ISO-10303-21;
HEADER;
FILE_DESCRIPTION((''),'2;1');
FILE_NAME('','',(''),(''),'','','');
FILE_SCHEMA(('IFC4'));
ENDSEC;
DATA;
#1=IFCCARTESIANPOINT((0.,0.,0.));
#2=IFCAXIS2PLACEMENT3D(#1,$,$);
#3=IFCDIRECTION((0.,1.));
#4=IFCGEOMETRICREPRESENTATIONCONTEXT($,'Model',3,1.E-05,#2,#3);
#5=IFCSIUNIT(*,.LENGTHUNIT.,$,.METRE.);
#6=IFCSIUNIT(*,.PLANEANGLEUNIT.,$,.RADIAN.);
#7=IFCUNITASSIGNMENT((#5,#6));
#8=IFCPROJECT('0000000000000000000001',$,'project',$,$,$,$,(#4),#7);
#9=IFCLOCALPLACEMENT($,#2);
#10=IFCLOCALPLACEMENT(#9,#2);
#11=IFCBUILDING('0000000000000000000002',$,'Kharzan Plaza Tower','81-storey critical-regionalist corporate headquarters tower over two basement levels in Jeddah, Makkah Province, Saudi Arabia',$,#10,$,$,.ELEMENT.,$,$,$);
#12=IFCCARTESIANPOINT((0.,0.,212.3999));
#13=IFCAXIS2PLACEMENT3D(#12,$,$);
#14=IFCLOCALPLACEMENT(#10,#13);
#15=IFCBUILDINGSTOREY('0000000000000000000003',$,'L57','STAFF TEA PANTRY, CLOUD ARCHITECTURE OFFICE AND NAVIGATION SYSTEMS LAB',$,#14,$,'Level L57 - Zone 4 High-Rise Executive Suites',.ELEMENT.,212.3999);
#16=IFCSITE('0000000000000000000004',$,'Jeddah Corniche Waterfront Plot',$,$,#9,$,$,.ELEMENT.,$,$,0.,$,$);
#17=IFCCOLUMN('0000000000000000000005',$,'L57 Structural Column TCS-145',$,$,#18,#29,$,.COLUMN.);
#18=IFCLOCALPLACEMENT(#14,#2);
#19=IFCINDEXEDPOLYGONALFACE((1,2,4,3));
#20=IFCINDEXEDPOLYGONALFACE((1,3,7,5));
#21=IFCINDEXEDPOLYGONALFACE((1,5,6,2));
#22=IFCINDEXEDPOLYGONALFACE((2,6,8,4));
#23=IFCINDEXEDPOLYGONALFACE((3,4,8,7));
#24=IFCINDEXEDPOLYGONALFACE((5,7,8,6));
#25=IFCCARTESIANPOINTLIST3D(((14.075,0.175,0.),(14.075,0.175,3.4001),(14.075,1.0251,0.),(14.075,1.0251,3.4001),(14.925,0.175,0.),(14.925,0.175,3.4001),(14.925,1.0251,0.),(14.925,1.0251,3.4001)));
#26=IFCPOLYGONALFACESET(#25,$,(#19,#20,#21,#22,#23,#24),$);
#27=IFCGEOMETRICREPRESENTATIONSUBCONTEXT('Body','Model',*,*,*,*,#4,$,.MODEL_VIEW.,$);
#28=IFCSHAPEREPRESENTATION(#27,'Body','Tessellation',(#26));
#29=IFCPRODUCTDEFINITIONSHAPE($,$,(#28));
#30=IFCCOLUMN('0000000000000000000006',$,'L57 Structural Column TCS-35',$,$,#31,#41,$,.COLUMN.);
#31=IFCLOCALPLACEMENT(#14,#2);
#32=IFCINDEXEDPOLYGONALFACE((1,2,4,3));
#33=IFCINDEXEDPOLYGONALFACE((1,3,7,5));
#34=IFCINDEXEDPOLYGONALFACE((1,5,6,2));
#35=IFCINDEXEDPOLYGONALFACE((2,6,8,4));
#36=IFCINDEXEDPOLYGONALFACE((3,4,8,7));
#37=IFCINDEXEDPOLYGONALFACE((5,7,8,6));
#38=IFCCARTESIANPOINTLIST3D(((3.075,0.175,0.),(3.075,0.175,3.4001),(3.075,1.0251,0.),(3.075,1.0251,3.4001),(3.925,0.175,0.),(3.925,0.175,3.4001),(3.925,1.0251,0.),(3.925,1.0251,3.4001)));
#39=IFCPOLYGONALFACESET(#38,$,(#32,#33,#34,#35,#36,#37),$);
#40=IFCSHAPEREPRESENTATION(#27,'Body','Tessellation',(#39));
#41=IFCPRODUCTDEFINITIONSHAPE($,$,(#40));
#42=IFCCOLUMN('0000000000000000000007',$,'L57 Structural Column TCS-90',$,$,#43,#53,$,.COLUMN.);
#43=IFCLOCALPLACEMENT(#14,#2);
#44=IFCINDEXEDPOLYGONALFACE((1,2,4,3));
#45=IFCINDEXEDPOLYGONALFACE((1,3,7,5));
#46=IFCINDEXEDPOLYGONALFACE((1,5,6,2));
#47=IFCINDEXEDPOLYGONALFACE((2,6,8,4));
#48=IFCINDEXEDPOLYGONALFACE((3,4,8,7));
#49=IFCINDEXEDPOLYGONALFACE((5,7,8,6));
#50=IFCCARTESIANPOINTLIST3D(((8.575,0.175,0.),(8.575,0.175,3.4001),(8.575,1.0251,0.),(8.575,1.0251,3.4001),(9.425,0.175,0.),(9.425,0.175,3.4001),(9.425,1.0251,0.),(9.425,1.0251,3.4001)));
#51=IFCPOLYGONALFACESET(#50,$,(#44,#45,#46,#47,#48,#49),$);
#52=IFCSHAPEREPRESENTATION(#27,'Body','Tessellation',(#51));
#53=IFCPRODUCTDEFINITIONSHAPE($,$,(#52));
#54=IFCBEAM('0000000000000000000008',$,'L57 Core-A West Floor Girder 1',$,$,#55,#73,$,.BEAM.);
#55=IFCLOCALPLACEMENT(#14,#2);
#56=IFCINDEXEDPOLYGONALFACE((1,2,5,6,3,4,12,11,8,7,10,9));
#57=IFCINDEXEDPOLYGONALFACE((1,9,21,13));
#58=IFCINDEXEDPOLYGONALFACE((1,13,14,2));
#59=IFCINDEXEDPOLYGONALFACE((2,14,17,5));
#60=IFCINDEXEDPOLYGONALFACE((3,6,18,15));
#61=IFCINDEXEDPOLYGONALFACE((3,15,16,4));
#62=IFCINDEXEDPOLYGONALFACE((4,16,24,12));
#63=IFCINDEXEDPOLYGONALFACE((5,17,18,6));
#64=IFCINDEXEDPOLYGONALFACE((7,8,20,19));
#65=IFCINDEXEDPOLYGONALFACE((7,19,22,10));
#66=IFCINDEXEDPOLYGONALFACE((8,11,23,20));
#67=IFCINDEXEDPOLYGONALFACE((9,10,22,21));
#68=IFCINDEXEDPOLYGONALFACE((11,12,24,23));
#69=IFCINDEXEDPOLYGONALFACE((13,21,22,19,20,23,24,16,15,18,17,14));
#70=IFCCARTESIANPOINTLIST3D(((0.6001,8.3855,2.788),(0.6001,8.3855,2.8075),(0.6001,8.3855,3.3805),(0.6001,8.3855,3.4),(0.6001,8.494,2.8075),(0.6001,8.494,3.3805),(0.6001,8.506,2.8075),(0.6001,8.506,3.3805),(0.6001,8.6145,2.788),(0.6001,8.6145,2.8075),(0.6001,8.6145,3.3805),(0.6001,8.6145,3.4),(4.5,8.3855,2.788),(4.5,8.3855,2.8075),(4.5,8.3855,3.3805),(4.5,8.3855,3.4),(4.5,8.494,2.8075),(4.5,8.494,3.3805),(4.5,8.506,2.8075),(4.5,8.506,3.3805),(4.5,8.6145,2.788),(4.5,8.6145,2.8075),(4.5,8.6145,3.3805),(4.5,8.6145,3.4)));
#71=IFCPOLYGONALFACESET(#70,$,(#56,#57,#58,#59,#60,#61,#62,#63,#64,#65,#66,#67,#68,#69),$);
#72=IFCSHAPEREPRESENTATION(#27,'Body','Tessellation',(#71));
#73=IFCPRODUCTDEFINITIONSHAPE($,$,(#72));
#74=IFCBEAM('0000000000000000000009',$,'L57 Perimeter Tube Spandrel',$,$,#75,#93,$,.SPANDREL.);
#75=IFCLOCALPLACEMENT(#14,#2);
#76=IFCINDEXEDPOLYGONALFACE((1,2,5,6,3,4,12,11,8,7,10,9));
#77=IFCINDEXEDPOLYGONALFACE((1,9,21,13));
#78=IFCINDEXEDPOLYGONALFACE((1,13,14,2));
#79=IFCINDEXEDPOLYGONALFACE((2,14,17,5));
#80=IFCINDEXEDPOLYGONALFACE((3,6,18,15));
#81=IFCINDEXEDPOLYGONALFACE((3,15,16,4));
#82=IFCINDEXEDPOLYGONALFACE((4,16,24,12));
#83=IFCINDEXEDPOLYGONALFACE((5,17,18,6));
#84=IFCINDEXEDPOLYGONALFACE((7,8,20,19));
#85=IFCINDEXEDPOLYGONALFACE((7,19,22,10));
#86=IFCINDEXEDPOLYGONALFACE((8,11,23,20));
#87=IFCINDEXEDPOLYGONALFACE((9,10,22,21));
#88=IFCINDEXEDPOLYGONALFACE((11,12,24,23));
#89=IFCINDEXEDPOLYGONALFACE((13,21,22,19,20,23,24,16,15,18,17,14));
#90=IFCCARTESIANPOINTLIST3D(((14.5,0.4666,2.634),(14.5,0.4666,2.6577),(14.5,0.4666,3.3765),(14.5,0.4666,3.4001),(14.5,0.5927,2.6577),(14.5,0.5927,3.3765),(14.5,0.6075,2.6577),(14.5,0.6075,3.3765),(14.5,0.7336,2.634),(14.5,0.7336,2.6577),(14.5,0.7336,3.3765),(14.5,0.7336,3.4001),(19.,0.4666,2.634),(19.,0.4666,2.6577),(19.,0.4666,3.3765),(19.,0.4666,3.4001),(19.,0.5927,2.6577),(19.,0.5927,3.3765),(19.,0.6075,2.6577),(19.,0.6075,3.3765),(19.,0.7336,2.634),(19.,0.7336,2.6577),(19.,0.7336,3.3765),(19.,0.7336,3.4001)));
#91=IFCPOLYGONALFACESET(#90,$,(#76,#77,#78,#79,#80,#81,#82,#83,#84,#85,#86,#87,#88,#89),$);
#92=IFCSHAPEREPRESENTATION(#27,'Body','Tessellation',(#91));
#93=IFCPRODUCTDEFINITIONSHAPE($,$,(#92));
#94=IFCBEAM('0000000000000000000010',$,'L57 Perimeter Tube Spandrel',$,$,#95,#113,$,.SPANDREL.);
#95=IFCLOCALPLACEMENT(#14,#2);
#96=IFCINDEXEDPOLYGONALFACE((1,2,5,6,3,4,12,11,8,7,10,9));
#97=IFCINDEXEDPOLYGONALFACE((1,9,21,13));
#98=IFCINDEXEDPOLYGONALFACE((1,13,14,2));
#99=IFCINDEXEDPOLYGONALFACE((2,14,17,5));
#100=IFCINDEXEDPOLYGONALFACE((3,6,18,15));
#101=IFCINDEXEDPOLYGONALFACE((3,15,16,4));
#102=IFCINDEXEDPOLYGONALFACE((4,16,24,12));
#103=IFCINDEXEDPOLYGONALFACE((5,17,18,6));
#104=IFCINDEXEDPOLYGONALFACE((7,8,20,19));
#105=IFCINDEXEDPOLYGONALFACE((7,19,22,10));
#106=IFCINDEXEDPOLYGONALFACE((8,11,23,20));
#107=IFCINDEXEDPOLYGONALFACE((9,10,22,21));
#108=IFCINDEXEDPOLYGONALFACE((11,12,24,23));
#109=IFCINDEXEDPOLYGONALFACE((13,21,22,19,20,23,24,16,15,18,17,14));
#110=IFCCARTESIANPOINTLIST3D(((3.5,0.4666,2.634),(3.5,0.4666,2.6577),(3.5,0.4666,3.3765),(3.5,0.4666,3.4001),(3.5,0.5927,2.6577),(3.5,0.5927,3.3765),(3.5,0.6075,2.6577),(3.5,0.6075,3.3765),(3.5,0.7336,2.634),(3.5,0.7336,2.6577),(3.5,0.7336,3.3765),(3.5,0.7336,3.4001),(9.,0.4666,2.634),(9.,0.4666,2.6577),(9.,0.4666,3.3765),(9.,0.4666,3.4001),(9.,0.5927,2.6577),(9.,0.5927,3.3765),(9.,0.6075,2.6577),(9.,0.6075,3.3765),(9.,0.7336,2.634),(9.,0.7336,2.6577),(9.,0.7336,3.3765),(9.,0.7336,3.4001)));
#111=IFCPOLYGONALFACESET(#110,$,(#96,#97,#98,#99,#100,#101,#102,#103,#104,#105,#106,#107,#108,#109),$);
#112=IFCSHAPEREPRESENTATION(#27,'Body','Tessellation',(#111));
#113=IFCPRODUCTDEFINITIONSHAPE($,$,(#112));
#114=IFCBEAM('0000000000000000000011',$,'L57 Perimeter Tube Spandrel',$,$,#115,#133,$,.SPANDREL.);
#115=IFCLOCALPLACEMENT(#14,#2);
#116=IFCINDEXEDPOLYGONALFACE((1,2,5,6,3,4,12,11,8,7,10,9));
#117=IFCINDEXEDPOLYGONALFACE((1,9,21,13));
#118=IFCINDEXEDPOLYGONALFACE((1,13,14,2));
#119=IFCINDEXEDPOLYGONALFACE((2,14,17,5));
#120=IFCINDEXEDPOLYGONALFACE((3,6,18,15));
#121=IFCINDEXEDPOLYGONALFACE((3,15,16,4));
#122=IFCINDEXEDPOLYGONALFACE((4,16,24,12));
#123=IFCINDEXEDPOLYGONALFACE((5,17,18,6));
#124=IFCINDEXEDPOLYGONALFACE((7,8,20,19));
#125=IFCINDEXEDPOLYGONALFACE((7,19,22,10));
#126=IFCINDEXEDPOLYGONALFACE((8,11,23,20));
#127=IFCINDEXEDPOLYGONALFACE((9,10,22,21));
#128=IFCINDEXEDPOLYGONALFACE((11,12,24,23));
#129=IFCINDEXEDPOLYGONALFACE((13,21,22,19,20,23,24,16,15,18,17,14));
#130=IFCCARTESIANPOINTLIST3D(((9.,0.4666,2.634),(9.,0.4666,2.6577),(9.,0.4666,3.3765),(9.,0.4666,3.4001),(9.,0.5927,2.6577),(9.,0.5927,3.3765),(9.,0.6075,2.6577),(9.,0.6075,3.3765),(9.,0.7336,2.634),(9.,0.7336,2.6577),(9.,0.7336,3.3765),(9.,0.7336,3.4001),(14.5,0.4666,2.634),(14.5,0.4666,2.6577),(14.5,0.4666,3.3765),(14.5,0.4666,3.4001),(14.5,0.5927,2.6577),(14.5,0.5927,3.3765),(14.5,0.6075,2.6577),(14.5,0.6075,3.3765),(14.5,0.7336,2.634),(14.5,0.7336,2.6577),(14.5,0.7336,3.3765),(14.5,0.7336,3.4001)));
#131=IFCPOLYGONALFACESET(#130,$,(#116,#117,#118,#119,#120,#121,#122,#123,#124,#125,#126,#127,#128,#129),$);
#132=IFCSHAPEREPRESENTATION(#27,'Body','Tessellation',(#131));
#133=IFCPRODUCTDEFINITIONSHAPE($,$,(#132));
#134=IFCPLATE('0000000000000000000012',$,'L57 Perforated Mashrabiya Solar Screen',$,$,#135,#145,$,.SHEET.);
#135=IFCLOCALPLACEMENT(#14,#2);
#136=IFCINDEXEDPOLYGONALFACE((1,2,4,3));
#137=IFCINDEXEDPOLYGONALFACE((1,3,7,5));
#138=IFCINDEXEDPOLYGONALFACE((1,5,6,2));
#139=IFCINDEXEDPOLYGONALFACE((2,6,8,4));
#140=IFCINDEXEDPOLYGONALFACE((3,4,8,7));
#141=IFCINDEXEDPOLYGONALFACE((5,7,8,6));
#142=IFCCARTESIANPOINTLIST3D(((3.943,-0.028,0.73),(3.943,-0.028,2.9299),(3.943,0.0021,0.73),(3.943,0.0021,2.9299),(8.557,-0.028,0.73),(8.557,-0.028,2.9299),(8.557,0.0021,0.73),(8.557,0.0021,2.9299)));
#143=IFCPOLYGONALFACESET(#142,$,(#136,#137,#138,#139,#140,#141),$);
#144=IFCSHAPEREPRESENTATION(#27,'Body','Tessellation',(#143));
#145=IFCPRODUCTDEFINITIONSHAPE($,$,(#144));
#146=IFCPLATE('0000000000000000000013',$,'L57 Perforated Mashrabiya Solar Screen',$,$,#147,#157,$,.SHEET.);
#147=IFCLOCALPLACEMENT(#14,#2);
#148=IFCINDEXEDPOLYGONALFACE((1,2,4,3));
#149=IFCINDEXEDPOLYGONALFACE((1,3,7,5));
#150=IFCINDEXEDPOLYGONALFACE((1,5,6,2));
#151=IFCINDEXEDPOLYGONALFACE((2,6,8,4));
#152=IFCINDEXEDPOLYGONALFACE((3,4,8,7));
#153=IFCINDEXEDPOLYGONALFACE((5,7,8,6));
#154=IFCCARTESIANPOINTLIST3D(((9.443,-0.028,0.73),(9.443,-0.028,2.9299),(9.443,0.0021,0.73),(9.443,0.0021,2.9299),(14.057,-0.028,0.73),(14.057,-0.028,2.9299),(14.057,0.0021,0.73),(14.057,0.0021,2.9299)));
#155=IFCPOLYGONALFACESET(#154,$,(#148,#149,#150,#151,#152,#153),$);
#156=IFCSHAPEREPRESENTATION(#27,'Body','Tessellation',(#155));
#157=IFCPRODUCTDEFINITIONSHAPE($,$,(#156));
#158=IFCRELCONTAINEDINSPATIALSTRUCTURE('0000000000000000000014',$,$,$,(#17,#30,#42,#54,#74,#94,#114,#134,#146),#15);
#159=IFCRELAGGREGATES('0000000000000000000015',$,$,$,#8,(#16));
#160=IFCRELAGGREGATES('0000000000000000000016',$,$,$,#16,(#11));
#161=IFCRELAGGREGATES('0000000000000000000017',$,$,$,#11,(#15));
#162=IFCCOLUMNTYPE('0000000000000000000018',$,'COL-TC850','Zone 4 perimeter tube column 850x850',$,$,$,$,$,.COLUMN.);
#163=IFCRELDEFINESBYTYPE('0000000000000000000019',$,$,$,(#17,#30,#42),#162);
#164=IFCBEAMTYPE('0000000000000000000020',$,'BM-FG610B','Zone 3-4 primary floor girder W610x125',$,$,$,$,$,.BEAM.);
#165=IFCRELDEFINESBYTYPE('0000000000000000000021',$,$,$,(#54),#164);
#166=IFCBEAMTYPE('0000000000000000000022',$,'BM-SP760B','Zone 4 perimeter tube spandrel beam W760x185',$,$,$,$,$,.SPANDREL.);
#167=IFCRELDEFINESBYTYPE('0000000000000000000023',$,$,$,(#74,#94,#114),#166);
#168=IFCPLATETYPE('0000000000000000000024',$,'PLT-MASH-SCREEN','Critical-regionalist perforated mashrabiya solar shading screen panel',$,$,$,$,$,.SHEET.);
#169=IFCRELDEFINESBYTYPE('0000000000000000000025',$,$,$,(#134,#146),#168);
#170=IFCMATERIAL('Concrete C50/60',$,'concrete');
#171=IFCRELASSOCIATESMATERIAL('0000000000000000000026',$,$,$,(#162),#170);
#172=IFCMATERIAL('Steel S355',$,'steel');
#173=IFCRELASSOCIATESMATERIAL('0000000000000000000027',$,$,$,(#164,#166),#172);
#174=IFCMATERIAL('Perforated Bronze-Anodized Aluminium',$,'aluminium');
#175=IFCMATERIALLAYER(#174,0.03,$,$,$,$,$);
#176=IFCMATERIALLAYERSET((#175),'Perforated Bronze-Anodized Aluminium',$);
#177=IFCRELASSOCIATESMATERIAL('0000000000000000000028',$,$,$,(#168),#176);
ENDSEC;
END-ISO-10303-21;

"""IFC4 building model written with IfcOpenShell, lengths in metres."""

from ifc_helpers import new_model, si_unit, direction, frame, origin, origin_2d, place, context, subcontext, project, spatial, rectangle, i_section, extrude, source, transform, mapped, material, layer, layer_set, material_profile, profile_set, type_object, element, save


model = new_model("IFC4")

# Units and contexts
model_context = context("Model", 3, precision=1e-05, world=origin(), true_north=direction((0.0, 1.0)))
body_context = subcontext(model_context, "Body", "Model", "MODEL_VIEW")
ifc_project = project(units=[si_unit("LENGTHUNIT", "METRE"), si_unit("PLANEANGLEUNIT", "RADIAN")], contexts=[model_context])

# Site, building, storey
site_placement = place(None, origin())
site = spatial("IfcSite", under=ifc_project, at=site_placement, Name="Jeddah Corniche Waterfront Plot", CompositionType="ELEMENT", RefElevation=0.0)
building_placement = place(site_placement, origin())
building = spatial("IfcBuilding", under=site, at=building_placement, Name="Kharzan Plaza Tower", Description="81-storey critical-regionalist corporate headquarters tower over two basement levels in Jeddah, Makkah Province, Saudi Arabia", CompositionType="ELEMENT")
storey_placement = place(building_placement, frame((0.0, 0.0, 212.3999)))
storey = spatial("IfcBuildingStorey", under=building, at=storey_placement, Name="L57", Description="STAFF TEA PANTRY, CLOUD ARCHITECTURE OFFICE AND NAVIGATION SYSTEMS LAB", LongName="Level L57 - Zone 4 High-Rise Executive Suites", CompositionType="ELEMENT", Elevation=212.3999)

# Columns
ifc_material_1 = material(Name="Concrete C50/60", Category="concrete")
ifc_material_profile_1 = material_profile(ifc_material_1, rectangle(XDim=0.8501, YDim=0.8501, at=origin_2d()), Name="RC-TC850x850")
ifc_profile_set_1 = profile_set([ifc_material_profile_1], Name="Concrete C50/60")
column_type = type_object("IfcColumnType", Name="COL-TC850", Description="Zone 4 perimeter tube column 850x850", PredefinedType="COLUMN", material=ifc_profile_set_1)
shared_shape_1 = source(origin(), body_context, "Body", "SweptSolid", [
    extrude(rectangle(XDim=0.8501, YDim=0.8501, at=origin_2d()), origin(), (0.0, 0.0, 1.0), 3.4001),
])
for number, where, z_axis, x_axis, name in (
    (1, (14.5, 0.6001, 0.0), (0.0, 0.0, 1.0), (1.0, 0.0, 0.0), "L57 Structural Column TCS-145"),
    (2, (3.5, 0.6001, 0.0), (0.0, 0.0, 1.0), (1.0, 0.0, 0.0), "L57 Structural Column TCS-35"),
    (3, (9.0, 0.6001, 0.0), (0.0, 0.0, 1.0), (1.0, 0.0, 0.0), "L57 Structural Column TCS-90"),
):
    element("IfcColumn", number, at=place(storey_placement, frame(where, z_axis=z_axis, x_axis=x_axis)), inside=storey, type_object=column_type, Name=name, PredefinedType="COLUMN", context=body_context, shape_type="MappedRepresentation", body=[
        mapped(shared_shape_1, transform((0.0, 0.0, 0.0), x_axis=(1.0, 0.0, 0.0), y_axis=(0.0, 1.0, 0.0), z_axis=(0.0, 0.0, 1.0))),
    ])

# Beams
ifc_material_2 = material(Name="Steel S355", Category="steel")
ifc_material_profile_2 = material_profile(ifc_material_2, i_section(OverallWidth=0.229, OverallDepth=0.6121, WebThickness=0.012, FlangeThickness=0.0195, at=origin_2d()), Name="W610x125")
ifc_profile_set_2 = profile_set([ifc_material_profile_2], Name="Steel S355")
beam_type_1 = type_object("IfcBeamType", Name="BM-FG610B", Description="Zone 3-4 primary floor girder W610x125", PredefinedType="BEAM", material=ifc_profile_set_2)
shared_shape_2 = source(origin(), body_context, "Body", "SweptSolid", [
    extrude(i_section(OverallWidth=0.229, OverallDepth=0.6121, WebThickness=0.012, FlangeThickness=0.0195, at=origin_2d()), origin(), (0.0, 0.0, 1.0), 3.8999),
])
beam_1_placement = place(storey_placement, frame((0.6001, 8.5, 3.094), z_axis=(1.0, 0.0, 0.0), x_axis=(0.0, 1.0, 0.0)))
element("IfcBeam", 4, at=beam_1_placement, inside=storey, type_object=beam_type_1, Name="L57 Core-A West Floor Girder 1", PredefinedType="BEAM", context=body_context, shape_type="MappedRepresentation", body=[
    mapped(shared_shape_2, transform((0.0, 0.0, 0.0), x_axis=(1.0, 0.0, 0.0), y_axis=(0.0, 1.0, 0.0), z_axis=(0.0, 0.0, 1.0))),
])
ifc_material_profile_3 = material_profile(ifc_material_2, i_section(OverallWidth=0.2671, OverallDepth=0.7661, WebThickness=0.0149, FlangeThickness=0.0237, at=origin_2d()), Name="W760x185")
ifc_profile_set_3 = profile_set([ifc_material_profile_3], Name="Steel S355")
beam_type_2 = type_object("IfcBeamType", Name="BM-SP760B", Description="Zone 4 perimeter tube spandrel beam W760x185", PredefinedType="SPANDREL", material=ifc_profile_set_3)
shared_shape_3 = source(origin(), body_context, "Body", "SweptSolid", [
    extrude(i_section(OverallWidth=0.2671, OverallDepth=0.7661, WebThickness=0.0149, FlangeThickness=0.0237, at=origin_2d()), origin(), (0.0, 0.0, 1.0), 4.5),
])
beam_2_placement = place(storey_placement, frame((14.5, 0.6001, 3.0171), z_axis=(1.0, 0.0, 0.0), x_axis=(0.0, 1.0, 0.0)))
element("IfcBeam", 5, at=beam_2_placement, inside=storey, type_object=beam_type_2, Name="L57 Perimeter Tube Spandrel", PredefinedType="SPANDREL", context=body_context, shape_type="MappedRepresentation", body=[
    mapped(shared_shape_3, transform((0.0, 0.0, 0.0), x_axis=(1.0, 0.0, 0.0), y_axis=(0.0, 1.0, 0.0), z_axis=(0.0, 0.0, 1.0))),
])
shared_shape_4 = source(origin(), body_context, "Body", "SweptSolid", [
    extrude(i_section(OverallWidth=0.2671, OverallDepth=0.7661, WebThickness=0.0149, FlangeThickness=0.0237, at=origin_2d()), origin(), (0.0, 0.0, 1.0), 5.5),
])
for number, where, z_axis, x_axis, name in (
    (6, (3.5, 0.6001, 3.0171), (1.0, 0.0, 0.0), (0.0, 1.0, 0.0), "L57 Perimeter Tube Spandrel"),
    (7, (9.0, 0.6001, 3.0171), (1.0, 0.0, 0.0), (0.0, 1.0, 0.0), "L57 Perimeter Tube Spandrel"),
):
    element("IfcBeam", number, at=place(storey_placement, frame(where, z_axis=z_axis, x_axis=x_axis)), inside=storey, type_object=beam_type_2, Name=name, PredefinedType="SPANDREL", context=body_context, shape_type="MappedRepresentation", body=[
        mapped(shared_shape_4, transform((0.0, 0.0, 0.0), x_axis=(1.0, 0.0, 0.0), y_axis=(0.0, 1.0, 0.0), z_axis=(0.0, 0.0, 1.0))),
    ])

# Plates
ifc_material_3 = material(Name="Perforated Bronze-Anodized Aluminium", Category="aluminium")
ifc_layer_1 = layer(ifc_material_3, 0.03)
ifc_layer_set_1 = layer_set([ifc_layer_1], Name="Perforated Bronze-Anodized Aluminium")
plate_type = type_object("IfcPlateType", Name="PLT-MASH-SCREEN", Description="Critical-regionalist perforated mashrabiya solar shading screen panel", PredefinedType="SHEET", material=ifc_layer_set_1)
shared_shape_5 = source(origin(), body_context, "Body", "SweptSolid", [
    extrude(rectangle(XDim=4.614, YDim=0.03, at=origin_2d()), origin(), (0.0, 0.0, 1.0), 2.2),
])
for number, where, z_axis, x_axis, name in (
    (8, (6.25, -0.0129, 0.73), (0.0, 0.0, 1.0), (1.0, 0.0, 0.0), "L57 Perforated Mashrabiya Solar Screen"),
    (9, (11.75, -0.0129, 0.73), (0.0, 0.0, 1.0), (1.0, 0.0, 0.0), "L57 Perforated Mashrabiya Solar Screen"),
):
    element("IfcPlate", number, at=place(storey_placement, frame(where, z_axis=z_axis, x_axis=x_axis)), inside=storey, type_object=plate_type, Name=name, PredefinedType="SHEET", context=body_context, shape_type="MappedRepresentation", body=[
        mapped(shared_shape_5, transform((0.0, 0.0, 0.0), x_axis=(1.0, 0.0, 0.0), y_axis=(0.0, 1.0, 0.0), z_axis=(0.0, 0.0, 1.0))),
    ])

save(model, "model.ifc")
